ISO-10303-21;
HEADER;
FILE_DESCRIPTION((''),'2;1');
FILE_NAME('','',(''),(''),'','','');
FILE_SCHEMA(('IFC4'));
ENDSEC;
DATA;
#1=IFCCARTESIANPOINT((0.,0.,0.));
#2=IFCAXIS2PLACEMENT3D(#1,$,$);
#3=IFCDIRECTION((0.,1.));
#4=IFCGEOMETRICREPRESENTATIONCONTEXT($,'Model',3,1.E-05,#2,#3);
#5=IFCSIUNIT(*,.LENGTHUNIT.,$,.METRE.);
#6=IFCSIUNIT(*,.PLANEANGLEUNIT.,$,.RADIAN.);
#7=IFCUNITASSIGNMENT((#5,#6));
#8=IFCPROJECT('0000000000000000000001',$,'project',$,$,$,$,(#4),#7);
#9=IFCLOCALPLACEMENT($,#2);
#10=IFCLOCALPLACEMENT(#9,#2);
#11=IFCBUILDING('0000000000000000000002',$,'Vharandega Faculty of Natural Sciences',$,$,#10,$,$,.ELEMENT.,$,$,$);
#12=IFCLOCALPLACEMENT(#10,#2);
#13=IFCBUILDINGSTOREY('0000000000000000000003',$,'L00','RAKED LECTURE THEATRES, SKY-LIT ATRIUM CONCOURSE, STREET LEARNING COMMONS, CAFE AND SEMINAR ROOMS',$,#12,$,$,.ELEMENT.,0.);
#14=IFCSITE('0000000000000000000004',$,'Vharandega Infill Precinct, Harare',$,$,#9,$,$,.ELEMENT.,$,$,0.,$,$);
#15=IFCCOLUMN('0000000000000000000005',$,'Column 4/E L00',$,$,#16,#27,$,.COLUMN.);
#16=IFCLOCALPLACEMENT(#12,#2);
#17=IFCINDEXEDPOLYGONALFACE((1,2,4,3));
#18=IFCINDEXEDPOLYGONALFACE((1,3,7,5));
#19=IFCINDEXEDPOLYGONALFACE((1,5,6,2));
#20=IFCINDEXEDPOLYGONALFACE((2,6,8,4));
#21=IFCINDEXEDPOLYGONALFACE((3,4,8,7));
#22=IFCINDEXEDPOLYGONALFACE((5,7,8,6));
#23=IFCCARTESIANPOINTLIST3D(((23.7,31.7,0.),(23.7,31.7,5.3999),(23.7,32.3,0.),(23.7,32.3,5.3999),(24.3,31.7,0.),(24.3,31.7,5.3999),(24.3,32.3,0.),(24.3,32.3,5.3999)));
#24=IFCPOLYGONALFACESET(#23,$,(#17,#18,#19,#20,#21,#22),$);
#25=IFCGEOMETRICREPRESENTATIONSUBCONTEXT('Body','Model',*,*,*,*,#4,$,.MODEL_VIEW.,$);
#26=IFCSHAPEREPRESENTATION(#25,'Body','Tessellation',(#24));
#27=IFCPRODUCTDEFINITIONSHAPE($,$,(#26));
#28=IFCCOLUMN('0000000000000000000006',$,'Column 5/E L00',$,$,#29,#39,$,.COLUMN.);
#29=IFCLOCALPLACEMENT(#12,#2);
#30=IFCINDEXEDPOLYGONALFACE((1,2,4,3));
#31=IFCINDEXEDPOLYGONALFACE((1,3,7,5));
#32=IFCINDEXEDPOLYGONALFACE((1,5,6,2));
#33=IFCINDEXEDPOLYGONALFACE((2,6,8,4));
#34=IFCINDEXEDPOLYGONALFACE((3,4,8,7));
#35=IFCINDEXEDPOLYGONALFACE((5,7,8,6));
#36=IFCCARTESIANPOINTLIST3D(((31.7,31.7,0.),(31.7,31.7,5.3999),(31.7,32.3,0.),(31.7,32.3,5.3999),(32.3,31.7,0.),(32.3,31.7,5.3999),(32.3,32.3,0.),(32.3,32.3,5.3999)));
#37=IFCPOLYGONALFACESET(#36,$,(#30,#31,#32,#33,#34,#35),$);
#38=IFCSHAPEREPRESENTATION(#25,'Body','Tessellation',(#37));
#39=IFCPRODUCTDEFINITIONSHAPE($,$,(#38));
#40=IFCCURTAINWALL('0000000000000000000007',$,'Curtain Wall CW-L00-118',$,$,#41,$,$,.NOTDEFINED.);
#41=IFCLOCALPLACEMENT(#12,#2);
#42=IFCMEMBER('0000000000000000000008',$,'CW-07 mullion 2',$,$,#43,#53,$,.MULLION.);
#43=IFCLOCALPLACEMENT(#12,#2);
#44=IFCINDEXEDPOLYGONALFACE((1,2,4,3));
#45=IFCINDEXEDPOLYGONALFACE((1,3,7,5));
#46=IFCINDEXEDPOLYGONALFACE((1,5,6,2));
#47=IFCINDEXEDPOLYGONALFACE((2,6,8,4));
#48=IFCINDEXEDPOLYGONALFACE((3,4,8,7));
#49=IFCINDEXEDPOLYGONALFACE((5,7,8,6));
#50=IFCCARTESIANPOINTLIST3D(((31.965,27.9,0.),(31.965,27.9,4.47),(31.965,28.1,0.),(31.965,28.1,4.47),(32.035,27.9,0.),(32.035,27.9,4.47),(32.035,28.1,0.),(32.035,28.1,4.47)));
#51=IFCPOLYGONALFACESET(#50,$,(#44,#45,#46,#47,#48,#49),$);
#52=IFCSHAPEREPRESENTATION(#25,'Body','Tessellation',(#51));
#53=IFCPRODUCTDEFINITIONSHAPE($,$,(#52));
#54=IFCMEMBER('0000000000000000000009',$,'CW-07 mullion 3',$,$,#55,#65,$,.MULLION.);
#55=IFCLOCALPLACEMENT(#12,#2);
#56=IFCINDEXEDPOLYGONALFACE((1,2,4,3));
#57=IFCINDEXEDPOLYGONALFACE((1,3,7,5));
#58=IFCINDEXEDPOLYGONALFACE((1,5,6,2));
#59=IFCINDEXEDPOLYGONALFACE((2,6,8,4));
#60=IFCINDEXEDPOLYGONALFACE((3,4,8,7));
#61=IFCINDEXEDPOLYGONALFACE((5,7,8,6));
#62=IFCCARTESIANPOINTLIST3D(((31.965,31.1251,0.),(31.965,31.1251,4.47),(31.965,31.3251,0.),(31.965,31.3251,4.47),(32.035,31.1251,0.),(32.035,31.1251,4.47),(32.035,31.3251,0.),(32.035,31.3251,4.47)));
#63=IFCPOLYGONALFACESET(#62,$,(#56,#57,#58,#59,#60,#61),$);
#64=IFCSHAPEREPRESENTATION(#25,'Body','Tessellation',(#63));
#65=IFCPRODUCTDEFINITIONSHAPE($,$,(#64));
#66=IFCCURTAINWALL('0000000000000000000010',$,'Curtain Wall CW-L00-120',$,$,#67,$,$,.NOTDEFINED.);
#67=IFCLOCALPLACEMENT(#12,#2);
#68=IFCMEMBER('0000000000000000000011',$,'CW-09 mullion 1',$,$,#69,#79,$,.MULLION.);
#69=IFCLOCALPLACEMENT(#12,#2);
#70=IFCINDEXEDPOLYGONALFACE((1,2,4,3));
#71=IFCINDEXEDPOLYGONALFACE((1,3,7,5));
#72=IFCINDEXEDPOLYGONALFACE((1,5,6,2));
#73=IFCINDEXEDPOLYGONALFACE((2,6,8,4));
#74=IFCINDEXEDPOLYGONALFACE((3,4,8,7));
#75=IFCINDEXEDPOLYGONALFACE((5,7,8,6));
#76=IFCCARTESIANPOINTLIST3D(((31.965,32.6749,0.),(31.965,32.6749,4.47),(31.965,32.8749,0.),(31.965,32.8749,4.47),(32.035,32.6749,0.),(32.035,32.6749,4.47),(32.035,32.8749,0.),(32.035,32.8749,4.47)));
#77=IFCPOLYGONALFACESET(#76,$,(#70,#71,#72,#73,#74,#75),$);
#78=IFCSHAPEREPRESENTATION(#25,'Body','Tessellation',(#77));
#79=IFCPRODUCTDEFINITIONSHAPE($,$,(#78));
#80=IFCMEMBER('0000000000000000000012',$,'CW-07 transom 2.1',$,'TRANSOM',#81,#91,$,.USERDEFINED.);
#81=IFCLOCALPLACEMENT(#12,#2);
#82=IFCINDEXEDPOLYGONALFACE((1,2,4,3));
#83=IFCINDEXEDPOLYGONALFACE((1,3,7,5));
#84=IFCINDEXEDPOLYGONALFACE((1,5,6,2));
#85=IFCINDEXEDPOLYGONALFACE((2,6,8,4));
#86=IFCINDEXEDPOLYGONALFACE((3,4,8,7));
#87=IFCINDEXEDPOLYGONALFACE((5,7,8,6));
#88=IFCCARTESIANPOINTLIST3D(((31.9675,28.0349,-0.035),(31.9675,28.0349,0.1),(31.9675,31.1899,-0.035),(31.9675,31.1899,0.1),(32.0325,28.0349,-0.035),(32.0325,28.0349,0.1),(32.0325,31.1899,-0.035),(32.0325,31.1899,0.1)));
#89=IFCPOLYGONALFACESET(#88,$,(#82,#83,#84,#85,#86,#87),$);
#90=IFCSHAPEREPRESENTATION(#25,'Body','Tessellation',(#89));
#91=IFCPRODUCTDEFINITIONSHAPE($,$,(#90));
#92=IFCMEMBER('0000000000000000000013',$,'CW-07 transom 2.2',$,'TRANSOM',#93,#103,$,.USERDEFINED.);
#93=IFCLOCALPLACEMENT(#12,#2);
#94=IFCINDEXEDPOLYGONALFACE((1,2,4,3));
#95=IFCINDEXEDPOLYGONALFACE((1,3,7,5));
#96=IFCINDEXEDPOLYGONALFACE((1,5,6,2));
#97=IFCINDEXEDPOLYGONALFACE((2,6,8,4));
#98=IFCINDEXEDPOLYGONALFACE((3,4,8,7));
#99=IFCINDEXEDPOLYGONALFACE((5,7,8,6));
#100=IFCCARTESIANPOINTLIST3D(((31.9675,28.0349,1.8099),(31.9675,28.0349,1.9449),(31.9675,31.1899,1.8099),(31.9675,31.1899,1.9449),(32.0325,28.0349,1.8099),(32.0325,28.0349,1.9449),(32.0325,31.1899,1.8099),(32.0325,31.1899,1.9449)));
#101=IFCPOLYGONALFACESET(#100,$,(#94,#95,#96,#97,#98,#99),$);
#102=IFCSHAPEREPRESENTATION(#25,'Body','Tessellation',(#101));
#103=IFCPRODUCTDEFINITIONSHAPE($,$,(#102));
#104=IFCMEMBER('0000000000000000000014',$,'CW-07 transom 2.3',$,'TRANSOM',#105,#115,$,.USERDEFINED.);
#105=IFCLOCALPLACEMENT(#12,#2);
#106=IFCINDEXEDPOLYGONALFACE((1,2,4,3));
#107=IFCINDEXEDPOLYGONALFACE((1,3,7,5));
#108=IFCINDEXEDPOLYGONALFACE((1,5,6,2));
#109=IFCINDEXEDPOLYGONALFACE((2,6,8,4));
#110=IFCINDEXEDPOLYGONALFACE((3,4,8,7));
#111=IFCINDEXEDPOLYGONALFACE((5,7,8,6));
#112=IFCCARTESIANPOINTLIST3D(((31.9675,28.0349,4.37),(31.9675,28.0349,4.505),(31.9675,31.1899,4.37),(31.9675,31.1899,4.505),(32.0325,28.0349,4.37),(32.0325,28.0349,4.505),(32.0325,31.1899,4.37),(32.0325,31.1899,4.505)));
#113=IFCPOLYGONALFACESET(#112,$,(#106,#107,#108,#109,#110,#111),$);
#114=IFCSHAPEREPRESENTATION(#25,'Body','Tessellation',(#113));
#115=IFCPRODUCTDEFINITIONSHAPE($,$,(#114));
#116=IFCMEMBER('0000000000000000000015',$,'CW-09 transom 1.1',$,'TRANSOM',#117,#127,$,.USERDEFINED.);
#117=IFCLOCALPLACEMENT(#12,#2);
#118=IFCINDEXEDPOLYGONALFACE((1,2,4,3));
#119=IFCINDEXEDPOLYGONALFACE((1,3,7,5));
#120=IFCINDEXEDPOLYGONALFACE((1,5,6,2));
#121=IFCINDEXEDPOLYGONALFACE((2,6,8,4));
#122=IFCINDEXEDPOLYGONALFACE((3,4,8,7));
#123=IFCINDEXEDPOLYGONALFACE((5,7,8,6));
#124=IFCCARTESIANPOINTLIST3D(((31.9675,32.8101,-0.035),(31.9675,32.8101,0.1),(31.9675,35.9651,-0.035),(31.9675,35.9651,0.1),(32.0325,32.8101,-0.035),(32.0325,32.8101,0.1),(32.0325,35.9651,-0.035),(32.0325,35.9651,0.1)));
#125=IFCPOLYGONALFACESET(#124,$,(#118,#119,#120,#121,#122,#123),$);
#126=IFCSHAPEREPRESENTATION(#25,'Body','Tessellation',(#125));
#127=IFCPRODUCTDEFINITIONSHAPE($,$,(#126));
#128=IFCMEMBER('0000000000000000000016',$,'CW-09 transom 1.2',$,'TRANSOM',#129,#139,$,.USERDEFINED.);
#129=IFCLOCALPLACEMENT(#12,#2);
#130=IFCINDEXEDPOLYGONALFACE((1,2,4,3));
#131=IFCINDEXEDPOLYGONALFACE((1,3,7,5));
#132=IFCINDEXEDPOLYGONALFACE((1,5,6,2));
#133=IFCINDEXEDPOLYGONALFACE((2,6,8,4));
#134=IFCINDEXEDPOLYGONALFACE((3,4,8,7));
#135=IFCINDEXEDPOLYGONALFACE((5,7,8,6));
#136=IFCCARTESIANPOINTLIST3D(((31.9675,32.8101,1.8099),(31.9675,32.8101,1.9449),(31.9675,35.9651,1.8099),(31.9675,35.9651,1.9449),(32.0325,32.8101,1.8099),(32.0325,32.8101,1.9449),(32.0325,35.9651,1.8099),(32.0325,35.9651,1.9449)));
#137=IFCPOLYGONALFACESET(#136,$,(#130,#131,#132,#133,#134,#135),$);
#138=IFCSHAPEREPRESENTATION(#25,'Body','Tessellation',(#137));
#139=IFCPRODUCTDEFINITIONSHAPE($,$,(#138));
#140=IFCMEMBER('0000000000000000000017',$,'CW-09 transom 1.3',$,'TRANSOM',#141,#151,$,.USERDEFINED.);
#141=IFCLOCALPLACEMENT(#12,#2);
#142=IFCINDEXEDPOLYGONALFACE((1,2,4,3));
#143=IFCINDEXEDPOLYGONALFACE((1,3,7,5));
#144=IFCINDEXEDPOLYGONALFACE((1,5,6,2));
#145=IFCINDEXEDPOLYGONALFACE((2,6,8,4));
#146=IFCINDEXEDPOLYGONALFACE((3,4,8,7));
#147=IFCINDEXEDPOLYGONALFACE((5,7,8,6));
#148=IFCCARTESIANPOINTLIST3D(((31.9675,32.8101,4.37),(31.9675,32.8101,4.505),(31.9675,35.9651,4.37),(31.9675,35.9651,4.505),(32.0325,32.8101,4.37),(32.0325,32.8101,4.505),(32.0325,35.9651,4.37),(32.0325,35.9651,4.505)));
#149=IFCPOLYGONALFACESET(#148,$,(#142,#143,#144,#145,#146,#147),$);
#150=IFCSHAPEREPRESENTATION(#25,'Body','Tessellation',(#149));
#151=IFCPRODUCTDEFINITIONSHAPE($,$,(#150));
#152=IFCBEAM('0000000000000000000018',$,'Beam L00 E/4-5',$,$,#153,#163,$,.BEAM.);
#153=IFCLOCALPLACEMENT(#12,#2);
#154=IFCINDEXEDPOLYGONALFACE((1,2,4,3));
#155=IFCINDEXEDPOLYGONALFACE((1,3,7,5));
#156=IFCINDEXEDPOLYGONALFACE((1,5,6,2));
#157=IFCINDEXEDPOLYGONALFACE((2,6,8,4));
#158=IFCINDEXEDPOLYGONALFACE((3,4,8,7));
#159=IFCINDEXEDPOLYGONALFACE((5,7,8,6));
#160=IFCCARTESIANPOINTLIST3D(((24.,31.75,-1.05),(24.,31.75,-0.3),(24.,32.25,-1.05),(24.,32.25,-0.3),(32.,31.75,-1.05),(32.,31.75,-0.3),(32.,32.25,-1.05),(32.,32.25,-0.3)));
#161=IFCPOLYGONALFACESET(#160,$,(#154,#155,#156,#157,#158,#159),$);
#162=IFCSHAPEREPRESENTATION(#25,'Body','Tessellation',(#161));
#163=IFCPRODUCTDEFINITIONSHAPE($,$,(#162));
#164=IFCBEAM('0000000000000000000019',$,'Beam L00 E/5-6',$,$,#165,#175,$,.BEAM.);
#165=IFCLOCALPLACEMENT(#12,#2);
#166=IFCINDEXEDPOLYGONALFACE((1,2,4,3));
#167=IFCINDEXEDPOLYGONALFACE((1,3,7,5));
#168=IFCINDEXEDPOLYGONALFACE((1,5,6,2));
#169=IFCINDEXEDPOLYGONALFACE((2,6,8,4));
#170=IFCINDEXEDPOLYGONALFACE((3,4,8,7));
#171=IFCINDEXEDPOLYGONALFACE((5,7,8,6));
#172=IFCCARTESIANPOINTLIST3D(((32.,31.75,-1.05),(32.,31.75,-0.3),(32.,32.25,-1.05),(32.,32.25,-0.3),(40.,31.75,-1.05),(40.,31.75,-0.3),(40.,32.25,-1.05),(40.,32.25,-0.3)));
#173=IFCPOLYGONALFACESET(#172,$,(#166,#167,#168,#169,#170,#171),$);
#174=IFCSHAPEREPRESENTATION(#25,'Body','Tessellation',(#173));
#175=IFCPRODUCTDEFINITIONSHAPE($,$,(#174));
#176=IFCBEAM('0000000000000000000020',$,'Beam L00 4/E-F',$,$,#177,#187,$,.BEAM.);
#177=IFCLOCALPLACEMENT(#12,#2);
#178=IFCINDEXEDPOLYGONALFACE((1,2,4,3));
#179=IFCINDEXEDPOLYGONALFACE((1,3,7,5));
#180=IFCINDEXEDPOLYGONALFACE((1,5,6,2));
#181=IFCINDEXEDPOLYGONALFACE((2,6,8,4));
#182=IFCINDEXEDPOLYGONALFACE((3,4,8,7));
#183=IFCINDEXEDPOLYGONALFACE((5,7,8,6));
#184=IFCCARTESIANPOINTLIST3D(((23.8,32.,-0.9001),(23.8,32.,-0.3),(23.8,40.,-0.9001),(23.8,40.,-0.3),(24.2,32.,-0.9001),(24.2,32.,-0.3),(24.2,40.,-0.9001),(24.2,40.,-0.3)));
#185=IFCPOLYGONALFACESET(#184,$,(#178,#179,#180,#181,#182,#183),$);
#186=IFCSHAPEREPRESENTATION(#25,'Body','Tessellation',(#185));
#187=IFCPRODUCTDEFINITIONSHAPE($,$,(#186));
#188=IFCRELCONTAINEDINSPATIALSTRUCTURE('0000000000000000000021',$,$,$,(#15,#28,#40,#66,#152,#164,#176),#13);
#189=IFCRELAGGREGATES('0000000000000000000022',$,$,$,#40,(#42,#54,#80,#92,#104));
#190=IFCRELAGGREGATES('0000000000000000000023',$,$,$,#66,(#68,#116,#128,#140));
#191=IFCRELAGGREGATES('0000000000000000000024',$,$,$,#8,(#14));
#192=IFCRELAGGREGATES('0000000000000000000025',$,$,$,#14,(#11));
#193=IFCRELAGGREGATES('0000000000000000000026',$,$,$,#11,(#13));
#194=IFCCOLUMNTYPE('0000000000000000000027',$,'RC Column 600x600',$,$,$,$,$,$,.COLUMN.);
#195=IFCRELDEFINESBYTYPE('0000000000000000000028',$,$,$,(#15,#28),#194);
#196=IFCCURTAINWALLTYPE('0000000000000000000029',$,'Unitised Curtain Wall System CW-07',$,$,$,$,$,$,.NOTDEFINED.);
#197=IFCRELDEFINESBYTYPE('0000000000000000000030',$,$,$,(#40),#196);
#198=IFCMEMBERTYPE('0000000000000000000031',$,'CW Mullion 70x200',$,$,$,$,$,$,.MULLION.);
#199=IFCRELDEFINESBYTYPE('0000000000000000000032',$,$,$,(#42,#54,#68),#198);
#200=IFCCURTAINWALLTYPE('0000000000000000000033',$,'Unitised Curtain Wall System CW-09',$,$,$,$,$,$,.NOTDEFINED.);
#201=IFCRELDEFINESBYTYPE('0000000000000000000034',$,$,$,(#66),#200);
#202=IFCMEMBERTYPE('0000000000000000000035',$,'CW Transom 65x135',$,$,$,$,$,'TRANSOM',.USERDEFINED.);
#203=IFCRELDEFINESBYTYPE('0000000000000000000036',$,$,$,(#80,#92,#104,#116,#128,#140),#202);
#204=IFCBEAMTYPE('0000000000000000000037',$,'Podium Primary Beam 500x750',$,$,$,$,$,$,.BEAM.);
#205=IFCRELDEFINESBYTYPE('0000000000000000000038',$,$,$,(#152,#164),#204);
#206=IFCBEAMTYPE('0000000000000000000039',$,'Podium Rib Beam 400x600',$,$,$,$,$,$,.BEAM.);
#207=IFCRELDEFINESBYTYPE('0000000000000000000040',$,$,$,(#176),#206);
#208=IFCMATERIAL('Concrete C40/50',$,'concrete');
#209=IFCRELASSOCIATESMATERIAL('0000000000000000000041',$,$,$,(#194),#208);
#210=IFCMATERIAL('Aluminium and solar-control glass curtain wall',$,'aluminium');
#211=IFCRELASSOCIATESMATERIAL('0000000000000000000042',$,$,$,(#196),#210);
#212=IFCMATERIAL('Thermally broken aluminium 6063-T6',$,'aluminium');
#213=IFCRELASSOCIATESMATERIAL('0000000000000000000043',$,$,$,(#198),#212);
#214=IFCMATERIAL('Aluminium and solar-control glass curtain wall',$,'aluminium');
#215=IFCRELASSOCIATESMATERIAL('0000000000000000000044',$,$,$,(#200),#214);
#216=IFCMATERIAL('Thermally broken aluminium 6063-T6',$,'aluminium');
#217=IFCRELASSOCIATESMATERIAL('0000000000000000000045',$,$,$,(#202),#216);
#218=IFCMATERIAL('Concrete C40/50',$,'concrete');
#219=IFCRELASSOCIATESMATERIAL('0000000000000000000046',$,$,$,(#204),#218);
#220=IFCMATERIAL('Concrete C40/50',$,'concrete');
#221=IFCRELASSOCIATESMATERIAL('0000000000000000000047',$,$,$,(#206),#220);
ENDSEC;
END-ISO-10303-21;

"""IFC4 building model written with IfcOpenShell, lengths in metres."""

from ifc_helpers import new_model, si_unit, direction, frame, origin, origin_2d, place, context, subcontext, project, spatial, rectangle, extrude, material, material_profile, profile_set, type_object, element, aggregate, save


model = new_model("IFC4")

# Units and contexts
model_context = context("Model", 3, precision=1e-05, world=origin(), true_north=direction((0.0, 1.0)))
body_context = subcontext(model_context, "Body", "Model", "MODEL_VIEW")
ifc_project = project(units=[si_unit("LENGTHUNIT", "METRE"), si_unit("PLANEANGLEUNIT", "RADIAN")], contexts=[model_context])

# Site, building, storey
site_placement = place(None, origin())
site = spatial("IfcSite", under=ifc_project, at=site_placement, Name="Vharandega Infill Precinct, Harare", CompositionType="ELEMENT", RefElevation=0.0)
building_placement = place(site_placement, origin())
building = spatial("IfcBuilding", under=site, at=building_placement, Name="Vharandega Faculty of Natural Sciences", CompositionType="ELEMENT")
storey_placement = place(building_placement, origin())
storey = spatial("IfcBuildingStorey", under=building, at=storey_placement, Name="L00", Description="RAKED LECTURE THEATRES, SKY-LIT ATRIUM CONCOURSE, STREET LEARNING COMMONS, CAFE AND SEMINAR ROOMS", CompositionType="ELEMENT", Elevation=0.0)

# Columns
ifc_material_1 = material(Name="Concrete C40/50", Category="concrete")
ifc_material_profile_1 = material_profile(ifc_material_1, rectangle(XDim=0.6001, YDim=0.6001, at=origin_2d()), Name="RC 600x600")
ifc_profile_set_1 = profile_set([ifc_material_profile_1], Name="Concrete C40/50")
column_type = type_object("IfcColumnType", Name="RC Column 600x600", PredefinedType="COLUMN", material=ifc_profile_set_1)
for number, where, z_axis, x_axis, name in (
    (1, (24.0, 32.0, 0.0), (0.0, 0.0, 1.0), (1.0, 0.0, 0.0), "Column 4/E L00"),
    (2, (32.0, 32.0, 0.0), (0.0, 0.0, 1.0), (1.0, 0.0, 0.0), "Column 5/E L00"),
):
    element("IfcColumn", number, at=place(storey_placement, frame(where, z_axis=z_axis, x_axis=x_axis)), inside=storey, type_object=column_type, Name=name, PredefinedType="COLUMN", context=body_context, shape_type="SweptSolid", body=[
        extrude(rectangle(XDim=0.6001, YDim=0.6001, at=origin_2d()), origin(), (0.0, 0.0, 1.0), 5.3999),
    ])

# Curtain wall, members
ifc_material_2 = material(Name="Aluminium and solar-control glass curtain wall", Category="aluminium")
curtain_wall_type_1 = type_object("IfcCurtainWallType", Name="Unitised Curtain Wall System CW-07", PredefinedType="NOTDEFINED", material=ifc_material_2)
curtain_wall_1_placement = place(storey_placement, origin())
curtain_wall_1 = element("IfcCurtainWall", 3, at=curtain_wall_1_placement, inside=storey, type_object=curtain_wall_type_1, Name="Curtain Wall CW-L00-118", PredefinedType="NOTDEFINED")
ifc_material_3 = material(Name="Thermally broken aluminium 6063-T6", Category="aluminium")
ifc_material_profile_2 = material_profile(ifc_material_3, rectangle(XDim=0.0701, YDim=0.2, at=origin_2d()), Name="ALU 70x200")
ifc_profile_set_2 = profile_set([ifc_material_profile_2], Name="Thermally broken aluminium 6063-T6")
member_type_1 = type_object("IfcMemberType", Name="CW Mullion 70x200", PredefinedType="MULLION", material=ifc_profile_set_2)
member_1_placement = place(storey_placement, frame((32.0, 28.0, 0.0), z_axis=(0.0, 0.0, 1.0), x_axis=(-1.0, 0.0, 0.0)))
member_1 = element("IfcMember", 4, at=member_1_placement, type_object=member_type_1, Name="CW-07 mullion 2", PredefinedType="MULLION", context=body_context, shape_type="SweptSolid", body=[
    extrude(rectangle(XDim=0.0701, YDim=0.2, at=origin_2d()), origin(), (0.0, 0.0, 1.0), 4.47),
])
member_2_placement = place(storey_placement, frame((32.0, 31.2251, 0.0), z_axis=(0.0, 0.0, 1.0), x_axis=(-1.0, 0.0, 0.0)))
member_2 = element("IfcMember", 5, at=member_2_placement, type_object=member_type_1, Name="CW-07 mullion 3", PredefinedType="MULLION", context=body_context, shape_type="SweptSolid", body=[
    extrude(rectangle(XDim=0.0701, YDim=0.2, at=origin_2d()), origin(), (0.0, 0.0, 1.0), 4.47),
])

# Curtain wall, member
ifc_material_4 = material(Name="Aluminium and solar-control glass curtain wall", Category="aluminium")
curtain_wall_type_2 = type_object("IfcCurtainWallType", Name="Unitised Curtain Wall System CW-09", PredefinedType="NOTDEFINED", material=ifc_material_4)
curtain_wall_2_placement = place(storey_placement, origin())
curtain_wall_2 = element("IfcCurtainWall", 6, at=curtain_wall_2_placement, inside=storey, type_object=curtain_wall_type_2, Name="Curtain Wall CW-L00-120", PredefinedType="NOTDEFINED")
member_3_placement = place(storey_placement, frame((32.0, 32.7749, 0.0), z_axis=(0.0, 0.0, 1.0), x_axis=(-1.0, 0.0, 0.0)))
member_3 = element("IfcMember", 7, at=member_3_placement, type_object=member_type_1, Name="CW-09 mullion 1", PredefinedType="MULLION", context=body_context, shape_type="SweptSolid", body=[
    extrude(rectangle(XDim=0.0701, YDim=0.2, at=origin_2d()), origin(), (0.0, 0.0, 1.0), 4.47),
])

# Members
ifc_material_5 = material(Name="Thermally broken aluminium 6063-T6", Category="aluminium")
ifc_material_profile_3 = material_profile(ifc_material_5, rectangle(XDim=0.0649, YDim=0.135, at=origin_2d()), Name="ALU 65x135")
ifc_profile_set_3 = profile_set([ifc_material_profile_3], Name="Thermally broken aluminium 6063-T6")
member_type_2 = type_object("IfcMemberType", Name="CW Transom 65x135", ElementType="TRANSOM", PredefinedType="USERDEFINED", material=ifc_profile_set_3)
member_4_placement = place(storey_placement, frame((32.0, 28.0349, 0.0325), z_axis=(0.0, 1.0, 0.0), x_axis=(-1.0, 0.0, 0.0)))
member_4 = element("IfcMember", 8, at=member_4_placement, type_object=member_type_2, Name="CW-07 transom 2.1", ObjectType="TRANSOM", PredefinedType="USERDEFINED", context=body_context, shape_type="SweptSolid", body=[
    extrude(rectangle(XDim=0.0649, YDim=0.135, at=origin_2d()), origin(), (0.0, 0.0, 1.0), 3.155),
])
member_5_placement = place(storey_placement, frame((32.0, 28.0349, 1.8774), z_axis=(0.0, 1.0, 0.0), x_axis=(-1.0, 0.0, 0.0)))
member_5 = element("IfcMember", 9, at=member_5_placement, type_object=member_type_2, Name="CW-07 transom 2.2", ObjectType="TRANSOM", PredefinedType="USERDEFINED", context=body_context, shape_type="SweptSolid", body=[
    extrude(rectangle(XDim=0.0649, YDim=0.135, at=origin_2d()), origin(), (0.0, 0.0, 1.0), 3.155),
])
member_6_placement = place(storey_placement, frame((32.0, 28.0349, 4.4375), z_axis=(0.0, 1.0, 0.0), x_axis=(-1.0, 0.0, 0.0)))
member_6 = element("IfcMember", 10, at=member_6_placement, type_object=member_type_2, Name="CW-07 transom 2.3", ObjectType="TRANSOM", PredefinedType="USERDEFINED", context=body_context, shape_type="SweptSolid", body=[
    extrude(rectangle(XDim=0.0649, YDim=0.135, at=origin_2d()), origin(), (0.0, 0.0, 1.0), 3.155),
])
member_7_placement = place(storey_placement, frame((32.0, 32.8101, 0.0325), z_axis=(0.0, 1.0, 0.0), x_axis=(-1.0, 0.0, 0.0)))
member_7 = element("IfcMember", 11, at=member_7_placement, type_object=member_type_2, Name="CW-09 transom 1.1", ObjectType="TRANSOM", PredefinedType="USERDEFINED", context=body_context, shape_type="SweptSolid", body=[
    extrude(rectangle(XDim=0.0649, YDim=0.135, at=origin_2d()), origin(), (0.0, 0.0, 1.0), 3.155),
])
member_8_placement = place(storey_placement, frame((32.0, 32.8101, 1.8774), z_axis=(0.0, 1.0, 0.0), x_axis=(-1.0, 0.0, 0.0)))
member_8 = element("IfcMember", 12, at=member_8_placement, type_object=member_type_2, Name="CW-09 transom 1.2", ObjectType="TRANSOM", PredefinedType="USERDEFINED", context=body_context, shape_type="SweptSolid", body=[
    extrude(rectangle(XDim=0.0649, YDim=0.135, at=origin_2d()), origin(), (0.0, 0.0, 1.0), 3.155),
])
member_9_placement = place(storey_placement, frame((32.0, 32.8101, 4.4375), z_axis=(0.0, 1.0, 0.0), x_axis=(-1.0, 0.0, 0.0)))
member_9 = element("IfcMember", 13, at=member_9_placement, type_object=member_type_2, Name="CW-09 transom 1.3", ObjectType="TRANSOM", PredefinedType="USERDEFINED", context=body_context, shape_type="SweptSolid", body=[
    extrude(rectangle(XDim=0.0649, YDim=0.135, at=origin_2d()), origin(), (0.0, 0.0, 1.0), 3.155),
])

# Beams
ifc_material_6 = material(Name="Concrete C40/50", Category="concrete")
ifc_material_profile_4 = material_profile(ifc_material_6, rectangle(XDim=0.5, YDim=0.75, at=origin_2d()), Name="RC 500x750")
ifc_profile_set_4 = profile_set([ifc_material_profile_4], Name="Concrete C40/50")
beam_type_1 = type_object("IfcBeamType", Name="Podium Primary Beam 500x750", PredefinedType="BEAM", material=ifc_profile_set_4)
for number, where, z_axis, x_axis, name in (
    (14, (24.0, 32.0, -0.675), (1.0, 0.0, 0.0), (0.0, 1.0, 0.0), "Beam L00 E/4-5"),
    (15, (32.0, 32.0, -0.675), (1.0, 0.0, 0.0), (0.0, 1.0, 0.0), "Beam L00 E/5-6"),
):
    element("IfcBeam", number, at=place(storey_placement, frame(where, z_axis=z_axis, x_axis=x_axis)), inside=storey, type_object=beam_type_1, Name=name, PredefinedType="BEAM", context=body_context, shape_type="SweptSolid", body=[
        extrude(rectangle(XDim=0.5, YDim=0.75, at=origin_2d()), origin(), (0.0, 0.0, 1.0), 8.0),
    ])
ifc_material_7 = material(Name="Concrete C40/50", Category="concrete")
ifc_material_profile_5 = material_profile(ifc_material_7, rectangle(XDim=0.3999, YDim=0.6001, at=origin_2d()), Name="RC 400x600")
ifc_profile_set_5 = profile_set([ifc_material_profile_5], Name="Concrete C40/50")
beam_type_2 = type_object("IfcBeamType", Name="Podium Rib Beam 400x600", PredefinedType="BEAM", material=ifc_profile_set_5)
for number, where, z_axis, x_axis, name in (
    (16, (24.0, 32.0, -0.6001), (0.0, 1.0, 0.0), (-1.0, 0.0, 0.0), "Beam L00 4/E-F"),
):
    element("IfcBeam", number, at=place(storey_placement, frame(where, z_axis=z_axis, x_axis=x_axis)), inside=storey, type_object=beam_type_2, Name=name, PredefinedType="BEAM", context=body_context, shape_type="SweptSolid", body=[
        extrude(rectangle(XDim=0.3999, YDim=0.6001, at=origin_2d()), origin(), (0.0, 0.0, 1.0), 8.0),
    ])

aggregate(curtain_wall_1, [member_1, member_2, member_4, member_5, member_6])
aggregate(curtain_wall_2, [member_3, member_7, member_8, member_9])

save(model, "model.ifc")
